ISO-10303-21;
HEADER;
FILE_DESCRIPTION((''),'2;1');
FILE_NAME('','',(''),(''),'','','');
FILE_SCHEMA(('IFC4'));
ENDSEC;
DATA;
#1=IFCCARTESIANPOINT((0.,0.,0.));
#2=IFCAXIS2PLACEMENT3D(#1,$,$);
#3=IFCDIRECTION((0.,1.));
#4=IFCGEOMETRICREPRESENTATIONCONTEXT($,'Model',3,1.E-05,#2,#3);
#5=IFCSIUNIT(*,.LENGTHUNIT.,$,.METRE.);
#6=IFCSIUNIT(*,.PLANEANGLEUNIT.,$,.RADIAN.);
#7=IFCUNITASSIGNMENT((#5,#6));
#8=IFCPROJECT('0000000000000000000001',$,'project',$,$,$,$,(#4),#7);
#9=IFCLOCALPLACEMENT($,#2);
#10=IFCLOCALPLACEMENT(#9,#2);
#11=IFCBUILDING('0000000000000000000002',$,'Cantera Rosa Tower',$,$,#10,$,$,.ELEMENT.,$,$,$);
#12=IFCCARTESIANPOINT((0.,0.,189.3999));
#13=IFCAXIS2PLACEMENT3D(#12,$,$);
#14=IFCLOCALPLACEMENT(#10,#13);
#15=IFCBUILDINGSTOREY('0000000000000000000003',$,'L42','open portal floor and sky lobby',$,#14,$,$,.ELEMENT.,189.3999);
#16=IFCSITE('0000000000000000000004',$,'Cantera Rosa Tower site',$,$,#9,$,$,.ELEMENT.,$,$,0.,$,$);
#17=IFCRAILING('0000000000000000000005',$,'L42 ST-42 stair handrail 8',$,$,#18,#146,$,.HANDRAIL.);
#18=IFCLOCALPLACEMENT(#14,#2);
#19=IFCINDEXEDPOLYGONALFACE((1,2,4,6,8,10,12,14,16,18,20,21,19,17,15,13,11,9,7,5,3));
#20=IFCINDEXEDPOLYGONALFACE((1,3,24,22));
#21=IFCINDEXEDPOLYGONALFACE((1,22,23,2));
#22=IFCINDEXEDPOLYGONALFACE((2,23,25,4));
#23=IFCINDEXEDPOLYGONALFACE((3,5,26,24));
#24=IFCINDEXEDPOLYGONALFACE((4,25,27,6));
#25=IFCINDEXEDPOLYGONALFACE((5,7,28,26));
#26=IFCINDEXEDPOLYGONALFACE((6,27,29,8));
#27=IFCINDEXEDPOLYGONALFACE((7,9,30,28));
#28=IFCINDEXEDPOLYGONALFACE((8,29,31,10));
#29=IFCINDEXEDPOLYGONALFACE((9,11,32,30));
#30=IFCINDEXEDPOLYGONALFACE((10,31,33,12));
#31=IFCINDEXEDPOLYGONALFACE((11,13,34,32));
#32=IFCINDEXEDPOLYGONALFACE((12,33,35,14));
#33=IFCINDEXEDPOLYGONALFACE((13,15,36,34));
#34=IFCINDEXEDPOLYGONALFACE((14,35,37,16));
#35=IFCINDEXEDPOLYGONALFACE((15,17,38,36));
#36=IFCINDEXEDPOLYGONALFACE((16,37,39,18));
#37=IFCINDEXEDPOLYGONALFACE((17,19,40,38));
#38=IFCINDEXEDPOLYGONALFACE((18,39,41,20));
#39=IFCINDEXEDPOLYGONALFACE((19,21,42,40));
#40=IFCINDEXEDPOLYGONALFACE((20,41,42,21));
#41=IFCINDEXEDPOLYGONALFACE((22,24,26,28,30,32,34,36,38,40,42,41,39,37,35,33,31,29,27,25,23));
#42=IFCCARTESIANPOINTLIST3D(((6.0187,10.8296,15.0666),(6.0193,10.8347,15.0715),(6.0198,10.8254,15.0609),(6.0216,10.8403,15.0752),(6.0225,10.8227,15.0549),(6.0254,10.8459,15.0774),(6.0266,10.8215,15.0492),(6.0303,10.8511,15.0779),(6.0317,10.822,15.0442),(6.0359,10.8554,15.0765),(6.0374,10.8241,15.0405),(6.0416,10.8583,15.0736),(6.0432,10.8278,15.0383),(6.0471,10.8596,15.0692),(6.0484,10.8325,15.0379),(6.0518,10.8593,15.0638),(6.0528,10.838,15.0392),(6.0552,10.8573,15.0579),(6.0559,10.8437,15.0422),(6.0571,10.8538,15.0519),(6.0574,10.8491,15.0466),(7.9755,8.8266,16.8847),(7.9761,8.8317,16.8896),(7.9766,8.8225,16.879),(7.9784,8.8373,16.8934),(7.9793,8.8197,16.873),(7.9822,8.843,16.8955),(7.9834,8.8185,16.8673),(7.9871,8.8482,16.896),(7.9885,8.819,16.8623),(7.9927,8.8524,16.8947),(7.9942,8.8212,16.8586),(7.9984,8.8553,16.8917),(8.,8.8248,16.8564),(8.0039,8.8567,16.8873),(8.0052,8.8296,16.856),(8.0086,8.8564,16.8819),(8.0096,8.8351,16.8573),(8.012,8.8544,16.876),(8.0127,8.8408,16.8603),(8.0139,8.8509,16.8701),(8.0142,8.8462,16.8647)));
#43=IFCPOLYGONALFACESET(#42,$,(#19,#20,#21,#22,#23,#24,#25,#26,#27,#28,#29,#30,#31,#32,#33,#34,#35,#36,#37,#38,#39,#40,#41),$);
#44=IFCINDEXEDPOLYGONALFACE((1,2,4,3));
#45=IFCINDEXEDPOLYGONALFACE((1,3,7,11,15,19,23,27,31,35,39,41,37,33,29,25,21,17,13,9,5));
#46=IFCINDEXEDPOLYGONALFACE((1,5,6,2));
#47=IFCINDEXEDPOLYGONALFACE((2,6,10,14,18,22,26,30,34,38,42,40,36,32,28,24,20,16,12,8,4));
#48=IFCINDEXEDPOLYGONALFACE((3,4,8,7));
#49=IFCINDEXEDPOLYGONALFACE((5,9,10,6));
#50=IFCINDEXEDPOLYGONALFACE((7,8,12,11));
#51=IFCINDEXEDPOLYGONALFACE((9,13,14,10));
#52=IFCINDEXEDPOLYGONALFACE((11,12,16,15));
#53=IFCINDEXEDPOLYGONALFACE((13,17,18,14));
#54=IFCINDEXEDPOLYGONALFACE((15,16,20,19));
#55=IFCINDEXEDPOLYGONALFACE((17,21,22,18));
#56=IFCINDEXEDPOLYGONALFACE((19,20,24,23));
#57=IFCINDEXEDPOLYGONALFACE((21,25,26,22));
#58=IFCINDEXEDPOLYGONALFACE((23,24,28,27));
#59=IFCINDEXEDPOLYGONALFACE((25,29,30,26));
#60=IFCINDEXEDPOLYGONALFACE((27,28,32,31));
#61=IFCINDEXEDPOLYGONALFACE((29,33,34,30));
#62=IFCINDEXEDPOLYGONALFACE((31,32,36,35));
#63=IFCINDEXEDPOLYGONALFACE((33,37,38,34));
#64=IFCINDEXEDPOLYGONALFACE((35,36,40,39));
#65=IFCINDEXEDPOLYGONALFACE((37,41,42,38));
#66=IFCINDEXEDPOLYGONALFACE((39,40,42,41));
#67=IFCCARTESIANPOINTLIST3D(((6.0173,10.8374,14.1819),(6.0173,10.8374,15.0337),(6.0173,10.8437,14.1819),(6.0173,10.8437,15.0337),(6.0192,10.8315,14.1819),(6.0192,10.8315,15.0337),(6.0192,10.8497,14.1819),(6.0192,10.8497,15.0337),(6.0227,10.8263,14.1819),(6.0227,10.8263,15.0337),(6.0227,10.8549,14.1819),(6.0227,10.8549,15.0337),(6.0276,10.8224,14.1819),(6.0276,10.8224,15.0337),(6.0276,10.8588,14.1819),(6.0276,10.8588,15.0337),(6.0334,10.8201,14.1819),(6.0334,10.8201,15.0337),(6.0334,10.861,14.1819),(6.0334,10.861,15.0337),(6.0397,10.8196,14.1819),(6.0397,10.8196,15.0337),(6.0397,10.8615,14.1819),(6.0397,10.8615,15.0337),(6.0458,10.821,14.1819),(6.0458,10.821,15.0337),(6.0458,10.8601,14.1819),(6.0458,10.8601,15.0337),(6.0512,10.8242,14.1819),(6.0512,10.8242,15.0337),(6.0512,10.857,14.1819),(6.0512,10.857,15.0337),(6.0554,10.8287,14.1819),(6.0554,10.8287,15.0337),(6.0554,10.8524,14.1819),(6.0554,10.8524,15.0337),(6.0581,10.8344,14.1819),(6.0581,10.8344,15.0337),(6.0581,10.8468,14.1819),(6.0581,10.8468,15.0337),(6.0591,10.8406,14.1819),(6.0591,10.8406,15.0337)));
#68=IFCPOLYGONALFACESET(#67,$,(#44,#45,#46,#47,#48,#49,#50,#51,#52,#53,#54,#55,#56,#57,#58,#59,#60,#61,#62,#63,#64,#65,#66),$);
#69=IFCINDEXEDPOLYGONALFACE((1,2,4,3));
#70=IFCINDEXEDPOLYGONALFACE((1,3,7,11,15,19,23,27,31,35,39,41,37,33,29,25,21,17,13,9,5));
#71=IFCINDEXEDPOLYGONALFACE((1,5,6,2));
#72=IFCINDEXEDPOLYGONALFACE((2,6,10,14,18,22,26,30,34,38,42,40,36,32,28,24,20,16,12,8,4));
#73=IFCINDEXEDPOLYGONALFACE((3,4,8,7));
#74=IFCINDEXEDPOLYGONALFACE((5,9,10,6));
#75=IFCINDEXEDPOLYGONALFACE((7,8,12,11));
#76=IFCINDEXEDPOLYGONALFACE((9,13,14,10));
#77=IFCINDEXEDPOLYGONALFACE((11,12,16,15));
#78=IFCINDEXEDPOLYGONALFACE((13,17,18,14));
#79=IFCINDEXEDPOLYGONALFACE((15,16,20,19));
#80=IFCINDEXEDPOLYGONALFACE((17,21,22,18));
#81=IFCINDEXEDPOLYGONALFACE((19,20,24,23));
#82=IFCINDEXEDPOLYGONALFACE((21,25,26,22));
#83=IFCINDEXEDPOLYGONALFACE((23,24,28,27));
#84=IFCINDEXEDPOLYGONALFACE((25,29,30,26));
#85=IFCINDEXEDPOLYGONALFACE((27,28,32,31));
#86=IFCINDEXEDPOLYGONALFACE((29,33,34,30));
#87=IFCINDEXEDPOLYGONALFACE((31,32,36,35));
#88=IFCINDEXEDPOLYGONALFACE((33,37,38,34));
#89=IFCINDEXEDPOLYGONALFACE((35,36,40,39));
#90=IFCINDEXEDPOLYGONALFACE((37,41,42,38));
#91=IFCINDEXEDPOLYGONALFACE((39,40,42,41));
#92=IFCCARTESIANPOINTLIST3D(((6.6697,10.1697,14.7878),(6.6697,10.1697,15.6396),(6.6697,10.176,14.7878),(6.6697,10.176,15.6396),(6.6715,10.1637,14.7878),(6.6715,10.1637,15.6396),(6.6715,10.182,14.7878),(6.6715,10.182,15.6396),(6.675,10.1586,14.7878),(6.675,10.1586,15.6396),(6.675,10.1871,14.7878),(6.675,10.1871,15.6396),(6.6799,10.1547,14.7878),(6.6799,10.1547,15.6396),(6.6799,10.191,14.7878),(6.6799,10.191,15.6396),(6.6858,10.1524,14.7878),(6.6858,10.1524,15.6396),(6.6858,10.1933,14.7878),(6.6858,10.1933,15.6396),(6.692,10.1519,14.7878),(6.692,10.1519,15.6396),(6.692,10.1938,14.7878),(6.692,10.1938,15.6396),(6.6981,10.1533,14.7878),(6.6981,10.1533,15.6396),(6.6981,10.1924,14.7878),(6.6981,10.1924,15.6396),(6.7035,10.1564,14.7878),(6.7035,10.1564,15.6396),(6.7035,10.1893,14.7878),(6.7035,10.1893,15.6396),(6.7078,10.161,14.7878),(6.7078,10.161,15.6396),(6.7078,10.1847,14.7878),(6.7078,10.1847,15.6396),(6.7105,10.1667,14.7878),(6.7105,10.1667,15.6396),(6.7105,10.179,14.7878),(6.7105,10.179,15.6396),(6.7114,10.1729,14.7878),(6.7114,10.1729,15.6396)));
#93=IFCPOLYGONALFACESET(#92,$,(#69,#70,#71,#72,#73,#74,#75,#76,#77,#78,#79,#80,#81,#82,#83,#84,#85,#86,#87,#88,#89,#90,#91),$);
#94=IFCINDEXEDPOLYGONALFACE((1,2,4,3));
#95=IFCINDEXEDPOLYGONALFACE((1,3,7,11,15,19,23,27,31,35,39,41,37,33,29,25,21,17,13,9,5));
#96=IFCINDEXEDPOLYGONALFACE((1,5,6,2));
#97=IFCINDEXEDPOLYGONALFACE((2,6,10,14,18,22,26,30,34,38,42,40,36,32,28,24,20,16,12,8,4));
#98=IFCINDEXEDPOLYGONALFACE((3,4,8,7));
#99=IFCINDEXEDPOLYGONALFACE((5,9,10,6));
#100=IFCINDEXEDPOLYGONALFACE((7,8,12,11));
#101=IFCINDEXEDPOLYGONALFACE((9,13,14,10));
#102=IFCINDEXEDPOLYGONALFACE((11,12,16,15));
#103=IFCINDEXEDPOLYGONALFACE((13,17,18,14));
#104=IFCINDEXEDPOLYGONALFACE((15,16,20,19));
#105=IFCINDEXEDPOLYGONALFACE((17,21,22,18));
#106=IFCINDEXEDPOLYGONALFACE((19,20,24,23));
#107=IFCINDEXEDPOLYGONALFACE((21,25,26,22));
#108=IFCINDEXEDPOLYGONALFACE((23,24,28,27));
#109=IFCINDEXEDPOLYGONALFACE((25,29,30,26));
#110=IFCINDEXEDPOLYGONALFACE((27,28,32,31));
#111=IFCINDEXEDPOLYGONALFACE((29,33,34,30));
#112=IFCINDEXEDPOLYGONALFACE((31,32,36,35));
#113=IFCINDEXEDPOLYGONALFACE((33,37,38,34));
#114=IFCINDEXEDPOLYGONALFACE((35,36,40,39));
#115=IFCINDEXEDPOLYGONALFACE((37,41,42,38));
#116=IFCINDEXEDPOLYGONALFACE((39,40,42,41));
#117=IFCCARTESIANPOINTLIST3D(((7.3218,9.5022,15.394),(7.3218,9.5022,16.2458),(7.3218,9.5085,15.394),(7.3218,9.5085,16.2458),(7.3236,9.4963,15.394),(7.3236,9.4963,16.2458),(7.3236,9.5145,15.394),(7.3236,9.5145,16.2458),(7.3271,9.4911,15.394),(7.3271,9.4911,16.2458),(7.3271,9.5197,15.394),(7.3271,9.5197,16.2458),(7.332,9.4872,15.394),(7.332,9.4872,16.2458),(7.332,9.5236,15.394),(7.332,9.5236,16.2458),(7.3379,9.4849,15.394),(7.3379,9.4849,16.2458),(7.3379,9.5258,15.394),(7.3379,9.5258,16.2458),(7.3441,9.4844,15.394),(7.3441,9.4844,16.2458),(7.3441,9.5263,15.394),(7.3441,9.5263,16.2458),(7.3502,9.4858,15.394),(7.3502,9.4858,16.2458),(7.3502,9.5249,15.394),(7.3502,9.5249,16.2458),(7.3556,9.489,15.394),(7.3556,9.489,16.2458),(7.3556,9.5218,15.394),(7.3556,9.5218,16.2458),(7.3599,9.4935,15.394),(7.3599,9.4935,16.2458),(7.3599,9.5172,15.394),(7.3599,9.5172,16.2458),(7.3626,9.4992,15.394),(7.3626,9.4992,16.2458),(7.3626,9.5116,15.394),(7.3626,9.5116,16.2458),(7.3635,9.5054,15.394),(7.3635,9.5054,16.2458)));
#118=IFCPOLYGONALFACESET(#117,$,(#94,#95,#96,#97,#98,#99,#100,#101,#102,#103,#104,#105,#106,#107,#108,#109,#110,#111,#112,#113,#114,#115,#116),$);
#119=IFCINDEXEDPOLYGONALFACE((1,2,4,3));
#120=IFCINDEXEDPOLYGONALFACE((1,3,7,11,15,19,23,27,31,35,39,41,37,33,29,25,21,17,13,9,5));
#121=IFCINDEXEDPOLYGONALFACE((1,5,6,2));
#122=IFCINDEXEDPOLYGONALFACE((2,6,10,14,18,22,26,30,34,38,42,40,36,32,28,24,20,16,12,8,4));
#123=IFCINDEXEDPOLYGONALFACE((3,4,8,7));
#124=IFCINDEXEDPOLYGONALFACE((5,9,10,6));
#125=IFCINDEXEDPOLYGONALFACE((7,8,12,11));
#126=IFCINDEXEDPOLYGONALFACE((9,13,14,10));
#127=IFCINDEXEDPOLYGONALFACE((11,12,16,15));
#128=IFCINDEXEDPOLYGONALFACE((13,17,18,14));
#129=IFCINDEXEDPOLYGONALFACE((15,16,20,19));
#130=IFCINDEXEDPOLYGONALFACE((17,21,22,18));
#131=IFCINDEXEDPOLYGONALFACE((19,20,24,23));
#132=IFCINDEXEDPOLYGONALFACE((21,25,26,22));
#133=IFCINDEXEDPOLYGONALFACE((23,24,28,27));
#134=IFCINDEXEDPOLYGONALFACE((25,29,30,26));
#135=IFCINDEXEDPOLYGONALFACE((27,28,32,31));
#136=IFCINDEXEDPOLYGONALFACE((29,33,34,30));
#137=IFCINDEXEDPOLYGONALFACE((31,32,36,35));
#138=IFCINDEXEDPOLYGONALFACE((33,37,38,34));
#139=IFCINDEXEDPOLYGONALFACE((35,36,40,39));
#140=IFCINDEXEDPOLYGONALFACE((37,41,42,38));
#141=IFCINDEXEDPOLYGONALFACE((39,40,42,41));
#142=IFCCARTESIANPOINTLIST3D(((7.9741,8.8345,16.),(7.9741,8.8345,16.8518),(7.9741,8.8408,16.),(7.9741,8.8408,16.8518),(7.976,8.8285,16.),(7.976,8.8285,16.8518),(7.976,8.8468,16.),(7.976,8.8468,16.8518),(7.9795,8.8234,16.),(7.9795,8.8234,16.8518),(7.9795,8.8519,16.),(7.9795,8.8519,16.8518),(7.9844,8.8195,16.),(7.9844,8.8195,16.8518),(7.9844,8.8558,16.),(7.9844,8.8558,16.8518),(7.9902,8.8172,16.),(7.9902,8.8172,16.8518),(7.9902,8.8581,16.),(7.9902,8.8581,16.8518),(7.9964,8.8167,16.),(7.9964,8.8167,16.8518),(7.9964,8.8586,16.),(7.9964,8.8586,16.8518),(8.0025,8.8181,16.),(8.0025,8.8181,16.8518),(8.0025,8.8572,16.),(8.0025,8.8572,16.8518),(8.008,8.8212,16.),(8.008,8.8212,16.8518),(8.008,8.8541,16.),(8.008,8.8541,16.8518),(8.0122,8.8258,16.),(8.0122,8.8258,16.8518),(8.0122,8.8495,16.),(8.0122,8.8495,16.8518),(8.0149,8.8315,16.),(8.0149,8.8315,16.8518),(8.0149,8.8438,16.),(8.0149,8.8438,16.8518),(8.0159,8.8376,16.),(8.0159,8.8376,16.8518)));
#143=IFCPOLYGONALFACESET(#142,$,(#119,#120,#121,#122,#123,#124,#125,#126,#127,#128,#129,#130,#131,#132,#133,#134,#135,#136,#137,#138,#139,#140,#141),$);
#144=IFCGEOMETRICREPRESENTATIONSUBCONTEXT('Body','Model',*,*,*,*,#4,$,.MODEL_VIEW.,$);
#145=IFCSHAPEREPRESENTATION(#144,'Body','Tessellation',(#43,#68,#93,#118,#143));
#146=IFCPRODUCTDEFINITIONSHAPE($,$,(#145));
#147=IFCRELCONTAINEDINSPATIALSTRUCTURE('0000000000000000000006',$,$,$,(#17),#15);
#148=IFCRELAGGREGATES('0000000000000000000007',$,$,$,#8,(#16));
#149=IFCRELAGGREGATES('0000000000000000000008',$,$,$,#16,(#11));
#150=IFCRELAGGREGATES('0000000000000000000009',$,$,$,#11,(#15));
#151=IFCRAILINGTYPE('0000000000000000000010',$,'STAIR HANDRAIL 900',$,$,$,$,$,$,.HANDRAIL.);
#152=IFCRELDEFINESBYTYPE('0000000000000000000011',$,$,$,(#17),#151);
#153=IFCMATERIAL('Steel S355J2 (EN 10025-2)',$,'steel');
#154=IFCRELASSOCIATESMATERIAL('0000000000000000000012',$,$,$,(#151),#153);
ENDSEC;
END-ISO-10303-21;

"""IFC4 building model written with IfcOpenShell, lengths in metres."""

from ifc_helpers import new_model, si_unit, direction, frame, origin, origin_2d, place, context, subcontext, project, spatial, circle, extrude, material, type_object, element, save


model = new_model("IFC4")

# Units and contexts
model_context = context("Model", 3, precision=1e-05, world=origin(), true_north=direction((0.0, 1.0)))
body_context = subcontext(model_context, "Body", "Model", "MODEL_VIEW")
ifc_project = project(units=[si_unit("LENGTHUNIT", "METRE"), si_unit("PLANEANGLEUNIT", "RADIAN")], contexts=[model_context])

# Site, building, storey
site_placement = place(None, origin())
site = spatial("IfcSite", under=ifc_project, at=site_placement, Name="Cantera Rosa Tower site", CompositionType="ELEMENT", RefElevation=0.0)
building_placement = place(site_placement, origin())
building = spatial("IfcBuilding", under=site, at=building_placement, Name="Cantera Rosa Tower", CompositionType="ELEMENT")
storey_placement = place(building_placement, frame((0.0, 0.0, 189.3999)))
storey = spatial("IfcBuildingStorey", under=building, at=storey_placement, Name="L42", Description="open portal floor and sky lobby", CompositionType="ELEMENT", Elevation=189.3999)

# Railing
ifc_material_1 = material(Name="Steel S355J2 (EN 10025-2)", Category="steel")
railing_type_1 = type_object("IfcRailingType", Name="STAIR HANDRAIL 900", PredefinedType="HANDRAIL", material=ifc_material_1)
for number, where, name in (
    (1, (6.0381, 10.8406, 14.1819), "L42 ST-42 stair handrail 8"),
):
    element("IfcRailing", number, at=place(storey_placement, frame(where)), inside=storey, type_object=railing_type_1, Name=name, PredefinedType="HANDRAIL", context=body_context, shape_type="SweptSolid", body=[
        extrude(circle(Radius=0.0239, at=origin_2d()), frame((0.0, 0.0, 0.876), z_axis=(0.586109, -0.59993, 0.544573), x_axis=(0.715298, 0.698819, 0.0)), (0.0, 0.0, 1.0), 3.3386),
        extrude(circle(Radius=0.021, at=origin_2d()), origin(), (0.0, 0.0, 1.0), 0.8518),
        extrude(circle(Radius=0.021, at=origin_2d()), frame((0.6523, -0.6677, 0.606)), (0.0, 0.0, 1.0), 0.8518),
        extrude(circle(Radius=0.021, at=origin_2d()), frame((1.3044, -1.3352, 1.2122)), (0.0, 0.0, 1.0), 0.8518),
        extrude(circle(Radius=0.021, at=origin_2d()), frame((1.9568, -2.0029, 1.8181)), (0.0, 0.0, 1.0), 0.8518),
    ])

save(model, "model.ifc")
